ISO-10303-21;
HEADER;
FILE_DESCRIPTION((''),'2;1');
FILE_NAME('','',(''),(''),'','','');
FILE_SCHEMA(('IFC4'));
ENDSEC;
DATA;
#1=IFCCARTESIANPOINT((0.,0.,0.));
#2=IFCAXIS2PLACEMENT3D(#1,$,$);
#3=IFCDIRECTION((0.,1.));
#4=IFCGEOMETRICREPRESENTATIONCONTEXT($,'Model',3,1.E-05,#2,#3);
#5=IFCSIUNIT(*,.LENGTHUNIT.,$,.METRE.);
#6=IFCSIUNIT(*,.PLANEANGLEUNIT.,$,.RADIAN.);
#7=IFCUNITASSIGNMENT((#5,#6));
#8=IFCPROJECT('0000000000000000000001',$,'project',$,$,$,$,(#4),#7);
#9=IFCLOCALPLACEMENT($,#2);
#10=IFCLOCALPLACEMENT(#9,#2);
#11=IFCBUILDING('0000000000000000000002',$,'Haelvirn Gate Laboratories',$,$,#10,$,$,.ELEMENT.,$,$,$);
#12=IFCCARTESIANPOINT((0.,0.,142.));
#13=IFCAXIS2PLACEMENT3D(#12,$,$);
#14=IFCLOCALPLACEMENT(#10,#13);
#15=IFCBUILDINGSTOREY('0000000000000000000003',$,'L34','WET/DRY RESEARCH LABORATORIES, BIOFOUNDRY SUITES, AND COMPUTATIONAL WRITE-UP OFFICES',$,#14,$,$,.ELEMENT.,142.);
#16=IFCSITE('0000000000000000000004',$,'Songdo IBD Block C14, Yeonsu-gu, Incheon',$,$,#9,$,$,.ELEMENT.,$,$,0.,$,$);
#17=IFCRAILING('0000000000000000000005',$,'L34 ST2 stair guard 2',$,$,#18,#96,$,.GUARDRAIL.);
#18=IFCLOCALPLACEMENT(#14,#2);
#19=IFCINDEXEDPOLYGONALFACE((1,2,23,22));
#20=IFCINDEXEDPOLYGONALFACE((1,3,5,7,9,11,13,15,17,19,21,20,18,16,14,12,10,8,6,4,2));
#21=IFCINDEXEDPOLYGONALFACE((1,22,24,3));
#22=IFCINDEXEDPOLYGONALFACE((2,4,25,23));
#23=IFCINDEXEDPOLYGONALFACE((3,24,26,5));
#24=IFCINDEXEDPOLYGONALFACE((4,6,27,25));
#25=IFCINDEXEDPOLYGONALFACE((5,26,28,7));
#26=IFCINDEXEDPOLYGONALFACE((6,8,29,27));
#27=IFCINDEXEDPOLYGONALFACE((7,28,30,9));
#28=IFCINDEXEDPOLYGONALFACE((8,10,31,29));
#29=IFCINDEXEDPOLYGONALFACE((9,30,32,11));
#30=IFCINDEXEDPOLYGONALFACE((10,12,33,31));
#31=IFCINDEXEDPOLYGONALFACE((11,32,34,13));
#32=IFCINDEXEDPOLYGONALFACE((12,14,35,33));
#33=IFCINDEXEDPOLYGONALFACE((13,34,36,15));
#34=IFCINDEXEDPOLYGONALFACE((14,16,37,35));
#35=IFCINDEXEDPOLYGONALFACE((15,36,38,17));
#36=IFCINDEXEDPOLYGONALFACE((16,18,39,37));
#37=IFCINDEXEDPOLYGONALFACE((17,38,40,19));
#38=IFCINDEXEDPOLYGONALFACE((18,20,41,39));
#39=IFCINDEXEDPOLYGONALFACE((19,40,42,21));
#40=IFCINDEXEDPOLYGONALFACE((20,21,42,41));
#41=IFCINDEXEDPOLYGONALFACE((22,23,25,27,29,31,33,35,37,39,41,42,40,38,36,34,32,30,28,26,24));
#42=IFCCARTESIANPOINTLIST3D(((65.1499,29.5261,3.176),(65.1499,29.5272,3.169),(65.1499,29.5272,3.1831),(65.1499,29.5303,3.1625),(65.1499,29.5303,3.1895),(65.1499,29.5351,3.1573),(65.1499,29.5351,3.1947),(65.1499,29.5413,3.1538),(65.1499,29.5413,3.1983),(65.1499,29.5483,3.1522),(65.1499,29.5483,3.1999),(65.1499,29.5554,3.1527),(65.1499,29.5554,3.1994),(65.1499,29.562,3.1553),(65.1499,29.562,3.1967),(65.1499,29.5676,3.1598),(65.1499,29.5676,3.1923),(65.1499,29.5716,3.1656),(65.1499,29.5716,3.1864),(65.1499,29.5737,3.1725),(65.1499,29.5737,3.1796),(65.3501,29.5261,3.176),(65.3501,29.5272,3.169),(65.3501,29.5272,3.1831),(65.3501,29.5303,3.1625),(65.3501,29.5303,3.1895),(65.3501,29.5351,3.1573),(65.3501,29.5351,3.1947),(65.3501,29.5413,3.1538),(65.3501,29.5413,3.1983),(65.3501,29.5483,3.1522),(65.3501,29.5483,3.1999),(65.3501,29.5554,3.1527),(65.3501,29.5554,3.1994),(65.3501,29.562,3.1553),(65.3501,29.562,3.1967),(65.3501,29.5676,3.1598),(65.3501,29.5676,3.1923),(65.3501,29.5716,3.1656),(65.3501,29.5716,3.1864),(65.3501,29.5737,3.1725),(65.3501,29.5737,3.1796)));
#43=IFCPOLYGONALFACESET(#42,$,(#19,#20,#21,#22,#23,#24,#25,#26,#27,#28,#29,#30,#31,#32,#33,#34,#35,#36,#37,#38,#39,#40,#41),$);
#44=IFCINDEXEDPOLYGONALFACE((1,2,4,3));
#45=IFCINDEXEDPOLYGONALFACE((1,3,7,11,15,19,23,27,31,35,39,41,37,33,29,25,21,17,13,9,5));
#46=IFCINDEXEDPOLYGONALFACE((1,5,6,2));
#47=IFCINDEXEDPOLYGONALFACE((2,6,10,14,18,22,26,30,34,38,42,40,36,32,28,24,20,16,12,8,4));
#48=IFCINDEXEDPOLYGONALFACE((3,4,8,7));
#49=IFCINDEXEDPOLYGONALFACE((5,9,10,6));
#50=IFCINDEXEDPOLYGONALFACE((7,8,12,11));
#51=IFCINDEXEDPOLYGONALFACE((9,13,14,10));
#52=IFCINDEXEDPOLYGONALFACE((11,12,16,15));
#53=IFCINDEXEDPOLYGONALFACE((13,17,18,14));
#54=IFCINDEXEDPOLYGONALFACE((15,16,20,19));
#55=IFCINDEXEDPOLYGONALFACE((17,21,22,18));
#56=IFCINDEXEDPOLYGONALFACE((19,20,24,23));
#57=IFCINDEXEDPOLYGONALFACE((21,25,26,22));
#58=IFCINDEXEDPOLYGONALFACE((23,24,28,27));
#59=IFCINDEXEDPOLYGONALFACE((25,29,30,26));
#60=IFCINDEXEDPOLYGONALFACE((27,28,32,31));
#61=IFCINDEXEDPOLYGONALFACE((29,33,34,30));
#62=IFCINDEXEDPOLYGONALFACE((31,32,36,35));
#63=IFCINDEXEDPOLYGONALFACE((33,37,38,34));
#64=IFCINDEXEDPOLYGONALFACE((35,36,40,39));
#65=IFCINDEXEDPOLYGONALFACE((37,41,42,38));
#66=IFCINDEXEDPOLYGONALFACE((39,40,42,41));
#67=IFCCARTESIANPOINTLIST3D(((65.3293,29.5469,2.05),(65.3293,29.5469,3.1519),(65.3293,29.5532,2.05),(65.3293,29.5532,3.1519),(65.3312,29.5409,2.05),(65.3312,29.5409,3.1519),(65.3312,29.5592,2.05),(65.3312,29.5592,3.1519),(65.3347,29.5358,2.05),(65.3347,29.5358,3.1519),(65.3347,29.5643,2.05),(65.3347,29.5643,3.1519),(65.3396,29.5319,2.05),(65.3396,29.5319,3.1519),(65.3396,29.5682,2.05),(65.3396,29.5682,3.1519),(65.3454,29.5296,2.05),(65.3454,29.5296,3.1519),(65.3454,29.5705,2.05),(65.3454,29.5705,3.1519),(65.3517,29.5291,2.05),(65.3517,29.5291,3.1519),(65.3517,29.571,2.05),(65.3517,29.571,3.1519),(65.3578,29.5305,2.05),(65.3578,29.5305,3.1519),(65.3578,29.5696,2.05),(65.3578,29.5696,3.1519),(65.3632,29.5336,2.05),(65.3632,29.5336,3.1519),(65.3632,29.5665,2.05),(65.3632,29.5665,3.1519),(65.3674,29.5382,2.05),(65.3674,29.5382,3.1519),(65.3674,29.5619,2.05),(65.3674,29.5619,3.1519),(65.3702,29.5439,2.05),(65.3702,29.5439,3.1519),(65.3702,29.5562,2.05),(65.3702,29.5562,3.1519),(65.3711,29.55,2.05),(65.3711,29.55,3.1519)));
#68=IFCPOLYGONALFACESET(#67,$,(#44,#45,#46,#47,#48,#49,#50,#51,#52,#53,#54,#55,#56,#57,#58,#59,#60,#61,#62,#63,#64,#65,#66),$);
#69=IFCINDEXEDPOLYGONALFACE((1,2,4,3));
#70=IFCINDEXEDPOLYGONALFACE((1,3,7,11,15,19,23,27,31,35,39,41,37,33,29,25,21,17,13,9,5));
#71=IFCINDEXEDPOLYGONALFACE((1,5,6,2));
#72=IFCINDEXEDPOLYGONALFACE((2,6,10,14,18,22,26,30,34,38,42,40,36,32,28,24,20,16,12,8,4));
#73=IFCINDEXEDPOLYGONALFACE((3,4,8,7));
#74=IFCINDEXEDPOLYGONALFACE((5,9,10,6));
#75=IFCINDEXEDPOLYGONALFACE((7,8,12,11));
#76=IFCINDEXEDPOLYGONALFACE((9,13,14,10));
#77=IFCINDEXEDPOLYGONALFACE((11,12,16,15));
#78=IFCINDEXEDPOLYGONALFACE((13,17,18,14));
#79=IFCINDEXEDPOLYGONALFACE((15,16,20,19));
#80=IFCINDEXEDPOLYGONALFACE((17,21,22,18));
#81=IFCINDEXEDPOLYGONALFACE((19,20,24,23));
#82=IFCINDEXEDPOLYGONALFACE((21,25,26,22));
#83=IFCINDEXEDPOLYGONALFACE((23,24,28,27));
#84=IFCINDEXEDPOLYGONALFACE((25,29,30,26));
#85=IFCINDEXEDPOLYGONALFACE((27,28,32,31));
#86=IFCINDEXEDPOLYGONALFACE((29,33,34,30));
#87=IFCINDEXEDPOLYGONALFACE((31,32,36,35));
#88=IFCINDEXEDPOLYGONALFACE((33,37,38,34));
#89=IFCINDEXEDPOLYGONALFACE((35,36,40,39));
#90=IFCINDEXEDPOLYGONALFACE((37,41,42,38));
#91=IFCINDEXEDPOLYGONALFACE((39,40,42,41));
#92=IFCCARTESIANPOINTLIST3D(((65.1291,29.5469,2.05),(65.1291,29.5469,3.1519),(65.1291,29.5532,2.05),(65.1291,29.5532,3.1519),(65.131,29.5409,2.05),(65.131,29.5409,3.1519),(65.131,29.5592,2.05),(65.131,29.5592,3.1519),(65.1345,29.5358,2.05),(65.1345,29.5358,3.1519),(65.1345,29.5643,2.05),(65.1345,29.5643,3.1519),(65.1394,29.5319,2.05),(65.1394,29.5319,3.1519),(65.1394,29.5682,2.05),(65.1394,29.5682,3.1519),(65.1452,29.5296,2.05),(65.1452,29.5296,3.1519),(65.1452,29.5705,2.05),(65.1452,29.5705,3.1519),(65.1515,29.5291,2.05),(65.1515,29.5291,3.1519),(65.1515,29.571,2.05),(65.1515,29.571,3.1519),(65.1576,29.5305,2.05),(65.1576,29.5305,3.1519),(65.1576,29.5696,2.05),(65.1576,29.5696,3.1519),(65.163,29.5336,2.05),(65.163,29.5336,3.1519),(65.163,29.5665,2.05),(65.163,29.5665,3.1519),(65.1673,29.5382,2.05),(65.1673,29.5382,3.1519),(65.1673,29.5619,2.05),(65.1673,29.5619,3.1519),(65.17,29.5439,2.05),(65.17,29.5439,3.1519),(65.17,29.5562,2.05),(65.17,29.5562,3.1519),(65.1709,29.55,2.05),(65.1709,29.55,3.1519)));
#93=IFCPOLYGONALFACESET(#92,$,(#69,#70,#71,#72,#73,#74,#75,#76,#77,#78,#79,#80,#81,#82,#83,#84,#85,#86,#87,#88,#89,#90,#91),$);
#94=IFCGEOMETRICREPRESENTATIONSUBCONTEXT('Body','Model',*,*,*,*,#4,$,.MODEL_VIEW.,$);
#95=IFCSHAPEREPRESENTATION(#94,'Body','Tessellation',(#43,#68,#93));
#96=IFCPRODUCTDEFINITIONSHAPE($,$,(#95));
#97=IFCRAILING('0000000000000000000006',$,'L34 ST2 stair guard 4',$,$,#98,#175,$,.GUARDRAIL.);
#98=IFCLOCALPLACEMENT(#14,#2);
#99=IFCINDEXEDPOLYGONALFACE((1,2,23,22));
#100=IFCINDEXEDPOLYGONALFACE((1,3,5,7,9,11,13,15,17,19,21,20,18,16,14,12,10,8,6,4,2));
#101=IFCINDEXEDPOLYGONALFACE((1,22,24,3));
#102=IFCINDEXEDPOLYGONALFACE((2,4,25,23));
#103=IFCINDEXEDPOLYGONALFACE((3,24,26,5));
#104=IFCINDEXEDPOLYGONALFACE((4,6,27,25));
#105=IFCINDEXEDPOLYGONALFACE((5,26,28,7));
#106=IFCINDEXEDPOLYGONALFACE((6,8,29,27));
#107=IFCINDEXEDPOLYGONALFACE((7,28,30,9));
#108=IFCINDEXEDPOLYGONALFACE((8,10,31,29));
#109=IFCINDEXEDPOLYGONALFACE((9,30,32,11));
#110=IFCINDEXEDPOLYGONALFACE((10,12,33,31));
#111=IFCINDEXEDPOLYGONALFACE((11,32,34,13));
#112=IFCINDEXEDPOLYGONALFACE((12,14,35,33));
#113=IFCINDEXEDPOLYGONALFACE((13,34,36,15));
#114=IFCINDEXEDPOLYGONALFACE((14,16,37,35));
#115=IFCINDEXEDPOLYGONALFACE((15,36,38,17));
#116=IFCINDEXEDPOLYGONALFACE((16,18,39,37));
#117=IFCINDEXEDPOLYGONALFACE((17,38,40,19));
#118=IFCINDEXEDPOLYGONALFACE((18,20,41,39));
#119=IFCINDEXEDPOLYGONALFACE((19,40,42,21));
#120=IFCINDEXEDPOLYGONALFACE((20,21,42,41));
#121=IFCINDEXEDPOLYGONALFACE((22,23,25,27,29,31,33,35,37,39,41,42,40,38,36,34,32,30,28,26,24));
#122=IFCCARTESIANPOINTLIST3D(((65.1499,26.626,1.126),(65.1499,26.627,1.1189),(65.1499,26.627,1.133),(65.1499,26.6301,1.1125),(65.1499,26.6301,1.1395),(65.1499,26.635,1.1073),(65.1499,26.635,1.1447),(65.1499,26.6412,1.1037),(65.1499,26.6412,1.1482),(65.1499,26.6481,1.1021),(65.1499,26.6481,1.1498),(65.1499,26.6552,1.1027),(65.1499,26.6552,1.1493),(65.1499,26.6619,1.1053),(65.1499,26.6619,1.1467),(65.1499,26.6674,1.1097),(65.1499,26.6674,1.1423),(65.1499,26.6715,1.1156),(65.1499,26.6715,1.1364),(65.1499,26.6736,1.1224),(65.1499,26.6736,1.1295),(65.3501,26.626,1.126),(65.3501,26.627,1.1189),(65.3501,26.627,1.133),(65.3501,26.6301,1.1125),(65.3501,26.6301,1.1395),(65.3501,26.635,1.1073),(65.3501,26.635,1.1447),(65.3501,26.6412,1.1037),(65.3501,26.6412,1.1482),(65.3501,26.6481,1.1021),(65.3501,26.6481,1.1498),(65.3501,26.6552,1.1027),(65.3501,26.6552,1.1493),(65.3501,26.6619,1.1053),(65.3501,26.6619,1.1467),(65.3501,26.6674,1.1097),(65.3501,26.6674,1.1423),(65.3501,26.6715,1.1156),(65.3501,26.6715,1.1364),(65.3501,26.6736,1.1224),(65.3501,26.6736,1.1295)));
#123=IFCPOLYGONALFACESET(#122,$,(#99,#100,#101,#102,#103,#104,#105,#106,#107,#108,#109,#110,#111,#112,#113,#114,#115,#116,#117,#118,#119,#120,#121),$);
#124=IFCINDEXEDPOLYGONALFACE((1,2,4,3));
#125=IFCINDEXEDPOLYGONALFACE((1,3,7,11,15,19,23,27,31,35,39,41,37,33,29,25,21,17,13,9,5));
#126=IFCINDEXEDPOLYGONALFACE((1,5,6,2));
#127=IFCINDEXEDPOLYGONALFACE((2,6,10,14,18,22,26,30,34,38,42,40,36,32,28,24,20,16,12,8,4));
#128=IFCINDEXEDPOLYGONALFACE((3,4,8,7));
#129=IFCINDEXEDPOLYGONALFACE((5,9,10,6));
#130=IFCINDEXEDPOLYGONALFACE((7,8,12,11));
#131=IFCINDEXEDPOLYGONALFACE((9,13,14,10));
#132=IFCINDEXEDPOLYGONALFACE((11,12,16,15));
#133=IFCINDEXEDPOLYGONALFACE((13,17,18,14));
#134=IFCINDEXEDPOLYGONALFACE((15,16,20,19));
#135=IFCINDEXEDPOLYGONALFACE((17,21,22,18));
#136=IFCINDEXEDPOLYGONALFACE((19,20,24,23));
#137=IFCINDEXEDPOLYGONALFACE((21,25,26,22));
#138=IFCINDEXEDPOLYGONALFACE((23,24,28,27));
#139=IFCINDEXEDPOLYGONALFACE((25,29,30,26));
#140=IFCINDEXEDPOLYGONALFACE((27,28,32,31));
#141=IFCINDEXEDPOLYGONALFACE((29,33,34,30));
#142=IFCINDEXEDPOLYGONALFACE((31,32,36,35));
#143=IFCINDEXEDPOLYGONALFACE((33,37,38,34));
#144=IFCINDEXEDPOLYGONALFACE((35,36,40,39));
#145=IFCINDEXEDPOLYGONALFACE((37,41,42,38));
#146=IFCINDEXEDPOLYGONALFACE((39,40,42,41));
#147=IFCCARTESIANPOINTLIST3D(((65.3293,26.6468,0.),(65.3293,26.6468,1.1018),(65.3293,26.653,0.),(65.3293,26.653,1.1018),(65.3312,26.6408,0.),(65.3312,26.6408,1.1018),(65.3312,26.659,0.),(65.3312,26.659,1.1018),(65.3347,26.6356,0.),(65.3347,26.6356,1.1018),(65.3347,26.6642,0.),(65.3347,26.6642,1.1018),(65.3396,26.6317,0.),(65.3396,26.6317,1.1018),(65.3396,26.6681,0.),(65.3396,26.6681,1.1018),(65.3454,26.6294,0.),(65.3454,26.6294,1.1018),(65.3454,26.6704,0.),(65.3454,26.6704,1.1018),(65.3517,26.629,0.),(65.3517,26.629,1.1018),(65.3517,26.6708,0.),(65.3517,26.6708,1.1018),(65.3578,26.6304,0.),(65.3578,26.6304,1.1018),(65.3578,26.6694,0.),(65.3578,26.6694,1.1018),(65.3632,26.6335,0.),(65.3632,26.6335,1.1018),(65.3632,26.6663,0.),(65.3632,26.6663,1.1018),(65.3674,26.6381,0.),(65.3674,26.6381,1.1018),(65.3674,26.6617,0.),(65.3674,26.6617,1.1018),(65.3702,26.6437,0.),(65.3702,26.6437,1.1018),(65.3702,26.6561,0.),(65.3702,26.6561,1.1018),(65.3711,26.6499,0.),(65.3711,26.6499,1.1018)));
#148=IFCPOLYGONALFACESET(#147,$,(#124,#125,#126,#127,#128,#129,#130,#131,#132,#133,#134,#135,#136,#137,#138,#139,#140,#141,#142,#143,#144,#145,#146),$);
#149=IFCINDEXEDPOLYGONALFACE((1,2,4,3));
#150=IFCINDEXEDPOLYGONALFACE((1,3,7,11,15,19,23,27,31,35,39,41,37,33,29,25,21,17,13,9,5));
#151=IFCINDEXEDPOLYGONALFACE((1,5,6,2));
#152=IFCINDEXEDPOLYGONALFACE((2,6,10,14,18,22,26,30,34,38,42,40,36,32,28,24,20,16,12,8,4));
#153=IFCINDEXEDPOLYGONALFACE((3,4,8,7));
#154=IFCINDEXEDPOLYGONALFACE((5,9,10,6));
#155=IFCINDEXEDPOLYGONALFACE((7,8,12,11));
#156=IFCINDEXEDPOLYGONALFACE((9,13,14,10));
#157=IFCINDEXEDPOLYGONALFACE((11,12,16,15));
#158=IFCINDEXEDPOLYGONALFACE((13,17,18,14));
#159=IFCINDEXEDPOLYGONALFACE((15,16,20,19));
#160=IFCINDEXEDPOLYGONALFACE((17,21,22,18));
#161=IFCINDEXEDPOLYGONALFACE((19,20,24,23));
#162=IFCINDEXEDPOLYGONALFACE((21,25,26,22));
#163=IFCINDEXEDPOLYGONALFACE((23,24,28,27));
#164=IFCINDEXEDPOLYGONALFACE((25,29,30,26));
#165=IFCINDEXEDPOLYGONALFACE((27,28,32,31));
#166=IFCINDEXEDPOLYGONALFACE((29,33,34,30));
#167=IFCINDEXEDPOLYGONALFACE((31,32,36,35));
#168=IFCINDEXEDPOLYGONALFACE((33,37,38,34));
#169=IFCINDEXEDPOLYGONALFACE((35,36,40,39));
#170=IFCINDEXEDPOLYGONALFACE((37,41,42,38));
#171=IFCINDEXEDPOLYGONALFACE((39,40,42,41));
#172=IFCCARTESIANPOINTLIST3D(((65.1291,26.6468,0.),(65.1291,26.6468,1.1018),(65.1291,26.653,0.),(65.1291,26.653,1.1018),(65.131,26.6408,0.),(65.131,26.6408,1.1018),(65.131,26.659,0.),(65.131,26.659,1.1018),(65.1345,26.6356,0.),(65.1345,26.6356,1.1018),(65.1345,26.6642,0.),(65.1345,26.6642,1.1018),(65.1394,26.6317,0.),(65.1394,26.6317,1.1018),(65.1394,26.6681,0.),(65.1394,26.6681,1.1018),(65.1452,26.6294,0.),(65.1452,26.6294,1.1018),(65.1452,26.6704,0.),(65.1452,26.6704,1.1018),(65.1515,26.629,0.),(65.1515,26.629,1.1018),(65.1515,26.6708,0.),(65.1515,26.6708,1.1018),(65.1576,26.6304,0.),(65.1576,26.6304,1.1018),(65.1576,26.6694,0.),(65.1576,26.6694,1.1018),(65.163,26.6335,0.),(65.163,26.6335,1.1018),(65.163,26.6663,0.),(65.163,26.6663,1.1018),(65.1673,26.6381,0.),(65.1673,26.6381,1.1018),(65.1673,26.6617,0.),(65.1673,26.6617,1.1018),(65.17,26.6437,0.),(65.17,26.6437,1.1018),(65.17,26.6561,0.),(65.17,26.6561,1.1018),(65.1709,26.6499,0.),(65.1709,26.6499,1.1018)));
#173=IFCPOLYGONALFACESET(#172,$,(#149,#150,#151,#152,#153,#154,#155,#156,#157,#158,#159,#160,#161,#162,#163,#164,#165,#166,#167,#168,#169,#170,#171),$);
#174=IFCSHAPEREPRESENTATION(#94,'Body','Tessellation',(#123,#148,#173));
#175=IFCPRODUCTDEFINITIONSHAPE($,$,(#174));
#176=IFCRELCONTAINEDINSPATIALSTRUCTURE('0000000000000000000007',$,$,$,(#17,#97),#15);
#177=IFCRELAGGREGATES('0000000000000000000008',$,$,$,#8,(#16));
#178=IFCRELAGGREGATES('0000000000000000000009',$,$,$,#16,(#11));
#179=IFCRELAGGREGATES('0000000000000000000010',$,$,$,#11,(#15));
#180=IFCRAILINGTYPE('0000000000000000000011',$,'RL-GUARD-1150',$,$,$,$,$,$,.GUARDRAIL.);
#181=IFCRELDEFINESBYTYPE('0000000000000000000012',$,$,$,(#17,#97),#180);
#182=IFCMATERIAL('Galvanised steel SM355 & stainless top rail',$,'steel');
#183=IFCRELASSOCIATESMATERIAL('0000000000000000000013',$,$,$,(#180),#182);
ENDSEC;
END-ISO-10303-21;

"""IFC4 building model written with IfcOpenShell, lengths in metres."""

from ifc_helpers import new_model, si_unit, direction, frame, origin, origin_2d, place, context, subcontext, project, spatial, circle, extrude, source, transform, mapped, material, type_object, element, save


model = new_model("IFC4")

# Units and contexts
model_context = context("Model", 3, precision=1e-05, world=origin(), true_north=direction((0.0, 1.0)))
body_context = subcontext(model_context, "Body", "Model", "MODEL_VIEW")
ifc_project = project(units=[si_unit("LENGTHUNIT", "METRE"), si_unit("PLANEANGLEUNIT", "RADIAN")], contexts=[model_context])

# Site, building, storey
site_placement = place(None, origin())
site = spatial("IfcSite", under=ifc_project, at=site_placement, Name="Songdo IBD Block C14, Yeonsu-gu, Incheon", CompositionType="ELEMENT", RefElevation=0.0)
building_placement = place(site_placement, origin())
building = spatial("IfcBuilding", under=site, at=building_placement, Name="Haelvirn Gate Laboratories", CompositionType="ELEMENT")
storey_placement = place(building_placement, frame((0.0, 0.0, 142.0)))
storey = spatial("IfcBuildingStorey", under=building, at=storey_placement, Name="L34", Description="WET/DRY RESEARCH LABORATORIES, BIOFOUNDRY SUITES, AND COMPUTATIONAL WRITE-UP OFFICES", CompositionType="ELEMENT", Elevation=142.0)

# Railings
ifc_material_1 = material(Name="Galvanised steel SM355 & stainless top rail", Category="steel")
railing_type_1 = type_object("IfcRailingType", Name="RL-GUARD-1150", PredefinedType="GUARDRAIL", material=ifc_material_1)
shared_shape_1 = source(origin(), body_context, "Body", "SweptSolid", [
    extrude(circle(Radius=0.0239, at=origin_2d()), frame((0.0, 0.0, 1.126), z_axis=(-1.0, 0.0, 0.0), x_axis=(0.0, -1.0, 0.0)), (0.0, 0.0, 1.0), 0.2002),
    extrude(circle(Radius=0.021, at=origin_2d()), origin(), (0.0, 0.0, 1.0), 1.1018),
    extrude(circle(Radius=0.021, at=origin_2d()), frame((-0.2002, 0.0, 0.0)), (0.0, 0.0, 1.0), 1.1018),
])
for number, where, name in (
    (1, (65.3501, 29.55, 2.05), "L34 ST2 stair guard 2"),
    (2, (65.3501, 26.6499, 0.0), "L34 ST2 stair guard 4"),
):
    element("IfcRailing", number, at=place(storey_placement, frame(where)), inside=storey, type_object=railing_type_1, Name=name, PredefinedType="GUARDRAIL", context=body_context, shape_type="MappedRepresentation", body=[
        mapped(shared_shape_1, transform((0.0, 0.0, 0.0), scale=1.0)),
    ])

save(model, "model.ifc")
